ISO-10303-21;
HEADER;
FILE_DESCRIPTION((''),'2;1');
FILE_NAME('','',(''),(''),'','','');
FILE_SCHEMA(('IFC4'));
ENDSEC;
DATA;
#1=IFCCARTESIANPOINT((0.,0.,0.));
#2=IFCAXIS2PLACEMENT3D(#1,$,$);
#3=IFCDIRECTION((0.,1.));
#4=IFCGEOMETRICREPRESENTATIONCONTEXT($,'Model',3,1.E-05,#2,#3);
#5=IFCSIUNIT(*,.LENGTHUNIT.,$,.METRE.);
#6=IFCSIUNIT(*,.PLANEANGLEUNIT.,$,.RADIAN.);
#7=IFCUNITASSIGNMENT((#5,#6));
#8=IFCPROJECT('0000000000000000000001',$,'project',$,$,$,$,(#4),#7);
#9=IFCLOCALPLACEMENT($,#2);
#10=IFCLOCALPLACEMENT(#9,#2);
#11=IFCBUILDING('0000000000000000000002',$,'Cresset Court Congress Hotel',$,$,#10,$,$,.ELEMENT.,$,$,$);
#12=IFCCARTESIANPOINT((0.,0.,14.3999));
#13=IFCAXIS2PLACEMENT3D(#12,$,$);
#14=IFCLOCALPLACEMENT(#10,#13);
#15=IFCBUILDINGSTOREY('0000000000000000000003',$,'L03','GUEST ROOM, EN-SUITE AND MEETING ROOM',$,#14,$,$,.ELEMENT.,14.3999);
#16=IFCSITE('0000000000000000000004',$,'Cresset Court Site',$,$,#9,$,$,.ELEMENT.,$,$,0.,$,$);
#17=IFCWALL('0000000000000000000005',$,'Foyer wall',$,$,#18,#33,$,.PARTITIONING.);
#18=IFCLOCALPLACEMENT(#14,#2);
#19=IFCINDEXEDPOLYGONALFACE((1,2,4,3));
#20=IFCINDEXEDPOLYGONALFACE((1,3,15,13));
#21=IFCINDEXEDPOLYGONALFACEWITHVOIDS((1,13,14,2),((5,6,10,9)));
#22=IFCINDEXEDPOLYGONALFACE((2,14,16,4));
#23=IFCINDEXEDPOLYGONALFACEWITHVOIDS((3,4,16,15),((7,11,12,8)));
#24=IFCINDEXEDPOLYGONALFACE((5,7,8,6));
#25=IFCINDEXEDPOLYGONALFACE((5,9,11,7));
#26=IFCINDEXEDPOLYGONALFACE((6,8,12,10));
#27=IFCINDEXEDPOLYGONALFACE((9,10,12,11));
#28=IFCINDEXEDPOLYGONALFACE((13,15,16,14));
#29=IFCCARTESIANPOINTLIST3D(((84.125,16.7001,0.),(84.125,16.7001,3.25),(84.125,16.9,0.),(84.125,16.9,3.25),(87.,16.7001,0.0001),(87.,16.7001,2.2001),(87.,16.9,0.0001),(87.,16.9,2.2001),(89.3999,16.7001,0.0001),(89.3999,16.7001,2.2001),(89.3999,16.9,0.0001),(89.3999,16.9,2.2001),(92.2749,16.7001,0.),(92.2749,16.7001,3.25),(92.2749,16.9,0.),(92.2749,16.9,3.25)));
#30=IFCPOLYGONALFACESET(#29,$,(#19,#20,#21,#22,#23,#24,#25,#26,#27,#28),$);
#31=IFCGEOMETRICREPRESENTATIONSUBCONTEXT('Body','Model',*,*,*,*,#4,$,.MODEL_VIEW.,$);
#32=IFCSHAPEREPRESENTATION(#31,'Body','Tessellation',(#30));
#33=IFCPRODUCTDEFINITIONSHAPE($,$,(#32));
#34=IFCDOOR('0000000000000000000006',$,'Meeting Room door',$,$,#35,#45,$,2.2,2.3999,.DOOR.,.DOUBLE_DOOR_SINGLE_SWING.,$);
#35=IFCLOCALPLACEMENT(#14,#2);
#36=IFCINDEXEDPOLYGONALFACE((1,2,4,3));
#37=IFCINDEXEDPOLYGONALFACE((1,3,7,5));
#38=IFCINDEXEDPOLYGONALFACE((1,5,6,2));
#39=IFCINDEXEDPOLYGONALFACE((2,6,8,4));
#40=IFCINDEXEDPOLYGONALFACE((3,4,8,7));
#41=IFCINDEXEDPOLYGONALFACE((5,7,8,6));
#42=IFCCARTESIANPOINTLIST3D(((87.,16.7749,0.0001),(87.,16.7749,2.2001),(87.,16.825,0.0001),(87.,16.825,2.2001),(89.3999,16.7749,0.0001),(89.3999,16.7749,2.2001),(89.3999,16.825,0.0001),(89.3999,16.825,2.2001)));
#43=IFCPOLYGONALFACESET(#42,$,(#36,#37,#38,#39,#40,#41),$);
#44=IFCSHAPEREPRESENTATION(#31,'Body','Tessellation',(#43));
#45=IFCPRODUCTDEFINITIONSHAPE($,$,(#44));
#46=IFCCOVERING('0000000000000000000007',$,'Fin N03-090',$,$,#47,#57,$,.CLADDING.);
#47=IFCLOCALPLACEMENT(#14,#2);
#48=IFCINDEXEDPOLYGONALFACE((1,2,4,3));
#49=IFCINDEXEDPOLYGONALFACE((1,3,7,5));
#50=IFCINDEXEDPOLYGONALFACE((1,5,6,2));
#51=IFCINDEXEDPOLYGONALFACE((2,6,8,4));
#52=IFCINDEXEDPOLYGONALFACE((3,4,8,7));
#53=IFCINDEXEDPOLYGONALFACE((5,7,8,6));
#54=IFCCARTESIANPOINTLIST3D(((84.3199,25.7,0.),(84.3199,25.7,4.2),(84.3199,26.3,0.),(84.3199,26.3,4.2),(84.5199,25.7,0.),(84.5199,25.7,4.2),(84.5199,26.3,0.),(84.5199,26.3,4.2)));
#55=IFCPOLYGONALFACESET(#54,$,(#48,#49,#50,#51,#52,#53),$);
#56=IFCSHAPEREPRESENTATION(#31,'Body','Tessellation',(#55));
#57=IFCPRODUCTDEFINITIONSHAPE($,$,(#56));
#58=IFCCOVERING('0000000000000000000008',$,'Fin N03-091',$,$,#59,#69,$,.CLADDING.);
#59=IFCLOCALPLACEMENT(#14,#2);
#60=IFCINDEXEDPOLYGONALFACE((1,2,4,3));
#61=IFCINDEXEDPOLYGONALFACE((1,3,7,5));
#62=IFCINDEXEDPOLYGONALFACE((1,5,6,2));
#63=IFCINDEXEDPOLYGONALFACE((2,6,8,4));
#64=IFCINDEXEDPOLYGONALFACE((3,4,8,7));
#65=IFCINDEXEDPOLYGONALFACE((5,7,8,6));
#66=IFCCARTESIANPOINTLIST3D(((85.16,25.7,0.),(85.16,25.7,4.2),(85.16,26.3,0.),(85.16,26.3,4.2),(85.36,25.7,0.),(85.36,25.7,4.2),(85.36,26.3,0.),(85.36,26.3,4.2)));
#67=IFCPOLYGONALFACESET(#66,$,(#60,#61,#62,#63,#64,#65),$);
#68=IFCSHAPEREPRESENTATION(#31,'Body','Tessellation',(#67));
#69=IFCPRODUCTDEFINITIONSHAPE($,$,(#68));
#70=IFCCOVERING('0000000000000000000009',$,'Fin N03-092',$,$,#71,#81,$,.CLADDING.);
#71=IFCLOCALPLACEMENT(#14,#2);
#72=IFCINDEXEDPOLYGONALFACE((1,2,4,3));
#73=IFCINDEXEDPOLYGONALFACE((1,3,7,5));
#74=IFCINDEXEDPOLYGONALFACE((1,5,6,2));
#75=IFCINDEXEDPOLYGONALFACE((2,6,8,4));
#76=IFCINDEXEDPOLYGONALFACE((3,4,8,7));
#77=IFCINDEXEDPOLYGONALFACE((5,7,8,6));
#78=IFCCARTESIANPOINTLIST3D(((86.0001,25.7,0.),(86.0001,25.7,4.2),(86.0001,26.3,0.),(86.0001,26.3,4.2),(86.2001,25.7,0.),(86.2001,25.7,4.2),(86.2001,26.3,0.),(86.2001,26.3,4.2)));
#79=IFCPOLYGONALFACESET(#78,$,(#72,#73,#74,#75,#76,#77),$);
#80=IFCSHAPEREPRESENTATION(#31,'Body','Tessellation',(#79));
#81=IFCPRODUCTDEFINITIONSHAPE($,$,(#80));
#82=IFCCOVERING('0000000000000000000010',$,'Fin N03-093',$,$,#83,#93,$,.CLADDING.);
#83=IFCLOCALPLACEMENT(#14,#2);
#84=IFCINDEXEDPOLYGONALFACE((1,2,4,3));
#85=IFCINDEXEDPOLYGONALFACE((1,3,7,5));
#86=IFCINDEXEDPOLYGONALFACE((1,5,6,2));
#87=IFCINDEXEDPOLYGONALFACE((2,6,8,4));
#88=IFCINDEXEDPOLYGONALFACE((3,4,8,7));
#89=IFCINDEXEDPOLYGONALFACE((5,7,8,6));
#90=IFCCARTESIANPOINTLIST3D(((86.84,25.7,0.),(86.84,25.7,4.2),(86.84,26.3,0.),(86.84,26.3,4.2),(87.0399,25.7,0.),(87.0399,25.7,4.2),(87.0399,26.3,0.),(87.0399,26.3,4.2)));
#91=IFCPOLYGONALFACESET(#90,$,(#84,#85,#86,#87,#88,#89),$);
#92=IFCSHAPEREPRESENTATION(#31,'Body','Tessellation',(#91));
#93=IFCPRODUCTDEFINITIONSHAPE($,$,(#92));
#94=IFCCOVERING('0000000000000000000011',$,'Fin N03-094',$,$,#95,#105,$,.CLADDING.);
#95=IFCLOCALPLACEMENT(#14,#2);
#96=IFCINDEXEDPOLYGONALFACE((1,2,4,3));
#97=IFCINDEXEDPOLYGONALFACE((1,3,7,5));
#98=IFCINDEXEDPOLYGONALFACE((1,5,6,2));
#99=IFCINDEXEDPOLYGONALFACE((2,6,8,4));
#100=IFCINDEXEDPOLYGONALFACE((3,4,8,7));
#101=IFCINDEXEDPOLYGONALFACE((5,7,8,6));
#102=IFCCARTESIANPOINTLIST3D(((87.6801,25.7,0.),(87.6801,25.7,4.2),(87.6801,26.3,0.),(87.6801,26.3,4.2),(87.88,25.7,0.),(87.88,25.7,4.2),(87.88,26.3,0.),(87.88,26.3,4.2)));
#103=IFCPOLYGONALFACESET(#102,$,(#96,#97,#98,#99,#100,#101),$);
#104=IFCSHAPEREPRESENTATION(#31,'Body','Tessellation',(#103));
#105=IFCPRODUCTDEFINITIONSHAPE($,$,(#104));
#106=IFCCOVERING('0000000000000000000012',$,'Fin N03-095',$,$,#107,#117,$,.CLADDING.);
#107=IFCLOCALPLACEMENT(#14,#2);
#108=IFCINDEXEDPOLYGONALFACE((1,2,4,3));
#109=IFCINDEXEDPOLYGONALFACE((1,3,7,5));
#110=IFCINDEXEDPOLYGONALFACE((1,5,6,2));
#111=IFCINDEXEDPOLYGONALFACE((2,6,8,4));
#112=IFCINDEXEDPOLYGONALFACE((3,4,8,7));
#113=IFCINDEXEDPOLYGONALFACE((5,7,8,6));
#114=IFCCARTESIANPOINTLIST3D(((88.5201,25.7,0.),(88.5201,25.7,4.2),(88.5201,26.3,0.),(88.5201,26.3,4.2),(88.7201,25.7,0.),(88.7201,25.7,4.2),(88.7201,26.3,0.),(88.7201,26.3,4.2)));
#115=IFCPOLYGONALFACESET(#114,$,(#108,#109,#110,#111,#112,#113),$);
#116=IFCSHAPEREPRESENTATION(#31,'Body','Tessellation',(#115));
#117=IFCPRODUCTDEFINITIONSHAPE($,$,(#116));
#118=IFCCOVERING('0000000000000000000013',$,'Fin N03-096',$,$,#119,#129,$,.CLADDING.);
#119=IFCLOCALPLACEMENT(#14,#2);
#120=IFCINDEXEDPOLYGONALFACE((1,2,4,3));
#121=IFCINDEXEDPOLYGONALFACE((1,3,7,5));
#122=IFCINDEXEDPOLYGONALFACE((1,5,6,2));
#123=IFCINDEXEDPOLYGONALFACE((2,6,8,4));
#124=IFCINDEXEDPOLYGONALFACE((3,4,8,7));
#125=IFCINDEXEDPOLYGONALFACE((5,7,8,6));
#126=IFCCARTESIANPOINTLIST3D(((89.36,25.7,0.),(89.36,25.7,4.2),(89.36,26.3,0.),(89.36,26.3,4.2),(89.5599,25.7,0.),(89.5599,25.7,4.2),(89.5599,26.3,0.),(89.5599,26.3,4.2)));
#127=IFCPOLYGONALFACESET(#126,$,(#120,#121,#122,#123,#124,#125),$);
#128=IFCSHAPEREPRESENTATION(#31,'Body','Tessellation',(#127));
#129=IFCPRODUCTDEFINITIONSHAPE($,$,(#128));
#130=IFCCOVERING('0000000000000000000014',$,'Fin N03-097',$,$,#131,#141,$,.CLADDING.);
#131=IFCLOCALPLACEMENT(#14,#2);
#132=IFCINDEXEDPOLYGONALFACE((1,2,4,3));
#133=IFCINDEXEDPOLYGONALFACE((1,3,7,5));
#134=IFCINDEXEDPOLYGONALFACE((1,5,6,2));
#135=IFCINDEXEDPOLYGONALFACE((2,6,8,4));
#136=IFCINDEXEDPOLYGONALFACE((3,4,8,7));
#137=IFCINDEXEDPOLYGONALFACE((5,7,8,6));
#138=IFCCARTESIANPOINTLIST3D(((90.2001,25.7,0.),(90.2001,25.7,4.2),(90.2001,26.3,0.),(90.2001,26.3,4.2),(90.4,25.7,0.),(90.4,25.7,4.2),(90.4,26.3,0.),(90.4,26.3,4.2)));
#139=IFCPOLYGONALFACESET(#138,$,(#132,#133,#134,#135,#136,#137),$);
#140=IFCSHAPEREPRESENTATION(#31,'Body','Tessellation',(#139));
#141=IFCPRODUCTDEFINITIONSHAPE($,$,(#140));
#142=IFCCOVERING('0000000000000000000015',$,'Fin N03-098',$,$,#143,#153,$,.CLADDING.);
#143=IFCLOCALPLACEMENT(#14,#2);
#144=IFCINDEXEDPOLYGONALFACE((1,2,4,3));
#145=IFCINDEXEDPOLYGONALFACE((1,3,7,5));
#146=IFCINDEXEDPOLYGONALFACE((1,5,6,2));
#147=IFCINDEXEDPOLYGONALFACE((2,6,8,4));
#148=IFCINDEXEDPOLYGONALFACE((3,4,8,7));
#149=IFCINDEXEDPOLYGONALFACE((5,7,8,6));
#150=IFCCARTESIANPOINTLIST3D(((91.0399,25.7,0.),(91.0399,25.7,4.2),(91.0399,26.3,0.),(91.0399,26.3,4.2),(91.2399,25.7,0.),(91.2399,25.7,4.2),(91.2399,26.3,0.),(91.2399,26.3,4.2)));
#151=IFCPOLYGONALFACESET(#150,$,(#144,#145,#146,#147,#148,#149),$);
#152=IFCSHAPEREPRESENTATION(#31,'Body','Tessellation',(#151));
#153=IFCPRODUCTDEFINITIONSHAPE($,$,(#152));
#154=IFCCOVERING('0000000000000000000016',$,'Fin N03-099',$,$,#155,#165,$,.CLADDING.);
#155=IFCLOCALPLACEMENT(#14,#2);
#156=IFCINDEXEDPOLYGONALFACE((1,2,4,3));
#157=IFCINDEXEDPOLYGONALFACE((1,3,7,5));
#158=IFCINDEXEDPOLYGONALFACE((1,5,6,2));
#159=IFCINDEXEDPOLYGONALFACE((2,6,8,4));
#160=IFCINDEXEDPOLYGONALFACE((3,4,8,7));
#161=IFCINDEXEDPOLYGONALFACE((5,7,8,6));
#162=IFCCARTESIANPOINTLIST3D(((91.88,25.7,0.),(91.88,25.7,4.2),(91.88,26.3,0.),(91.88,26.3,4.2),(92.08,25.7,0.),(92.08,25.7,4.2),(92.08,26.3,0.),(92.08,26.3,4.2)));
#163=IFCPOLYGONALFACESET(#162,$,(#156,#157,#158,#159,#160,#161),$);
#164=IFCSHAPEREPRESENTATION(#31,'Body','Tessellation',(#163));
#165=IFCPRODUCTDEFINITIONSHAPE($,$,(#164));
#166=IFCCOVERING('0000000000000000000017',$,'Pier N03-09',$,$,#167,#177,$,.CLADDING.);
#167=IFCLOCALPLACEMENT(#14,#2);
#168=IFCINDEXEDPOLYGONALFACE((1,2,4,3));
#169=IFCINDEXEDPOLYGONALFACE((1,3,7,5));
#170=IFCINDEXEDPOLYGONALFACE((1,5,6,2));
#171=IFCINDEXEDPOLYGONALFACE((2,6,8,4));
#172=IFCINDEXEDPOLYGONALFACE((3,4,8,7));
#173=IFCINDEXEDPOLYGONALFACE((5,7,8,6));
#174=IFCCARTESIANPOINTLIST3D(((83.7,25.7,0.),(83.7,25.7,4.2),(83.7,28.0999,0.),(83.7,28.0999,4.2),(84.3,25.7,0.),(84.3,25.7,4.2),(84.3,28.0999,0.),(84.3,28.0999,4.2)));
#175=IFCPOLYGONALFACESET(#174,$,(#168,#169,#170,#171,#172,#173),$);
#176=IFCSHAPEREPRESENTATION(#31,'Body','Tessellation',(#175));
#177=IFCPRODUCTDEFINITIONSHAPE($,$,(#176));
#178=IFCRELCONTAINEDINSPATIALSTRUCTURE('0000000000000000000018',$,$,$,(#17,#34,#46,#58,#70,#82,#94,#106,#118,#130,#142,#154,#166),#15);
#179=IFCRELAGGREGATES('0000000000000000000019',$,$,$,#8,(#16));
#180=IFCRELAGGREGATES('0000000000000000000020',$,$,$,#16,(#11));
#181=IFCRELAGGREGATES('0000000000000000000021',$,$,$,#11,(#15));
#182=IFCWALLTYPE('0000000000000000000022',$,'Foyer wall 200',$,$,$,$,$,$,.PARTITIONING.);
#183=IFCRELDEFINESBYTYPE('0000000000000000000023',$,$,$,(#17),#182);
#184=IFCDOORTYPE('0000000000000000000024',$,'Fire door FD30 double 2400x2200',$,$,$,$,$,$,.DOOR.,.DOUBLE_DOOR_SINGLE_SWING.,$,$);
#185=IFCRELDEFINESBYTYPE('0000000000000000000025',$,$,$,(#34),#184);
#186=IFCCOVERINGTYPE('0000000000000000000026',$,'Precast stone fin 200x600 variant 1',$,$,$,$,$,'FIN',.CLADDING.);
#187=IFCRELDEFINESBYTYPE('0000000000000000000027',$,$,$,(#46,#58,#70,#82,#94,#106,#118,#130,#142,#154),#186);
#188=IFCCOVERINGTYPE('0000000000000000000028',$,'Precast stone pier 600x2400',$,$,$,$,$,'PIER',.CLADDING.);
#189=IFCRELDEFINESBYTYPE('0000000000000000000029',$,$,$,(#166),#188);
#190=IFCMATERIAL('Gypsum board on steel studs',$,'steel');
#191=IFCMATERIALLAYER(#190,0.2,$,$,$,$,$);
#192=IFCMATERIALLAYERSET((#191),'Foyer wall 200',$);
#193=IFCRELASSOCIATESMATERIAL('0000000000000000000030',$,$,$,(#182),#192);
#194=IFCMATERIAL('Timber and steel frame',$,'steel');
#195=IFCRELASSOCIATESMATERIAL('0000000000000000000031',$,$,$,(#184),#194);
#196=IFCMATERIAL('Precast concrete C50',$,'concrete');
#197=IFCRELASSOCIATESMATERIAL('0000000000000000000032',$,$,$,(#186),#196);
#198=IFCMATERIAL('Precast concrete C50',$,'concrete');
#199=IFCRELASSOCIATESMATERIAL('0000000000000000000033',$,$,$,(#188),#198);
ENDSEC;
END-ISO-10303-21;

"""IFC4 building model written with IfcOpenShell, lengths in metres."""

from ifc_helpers import new_model, si_unit, direction, frame, frame_2d, origin, origin_2d, place, context, subcontext, project, spatial, rectangle, extrude, material, layer, layer_set, type_object, element, fill, save


model = new_model("IFC4")

# Units and contexts
model_context = context("Model", 3, precision=1e-05, world=origin(), true_north=direction((0.0, 1.0)))
body_context = subcontext(model_context, "Body", "Model", "MODEL_VIEW")
ifc_project = project(units=[si_unit("LENGTHUNIT", "METRE"), si_unit("PLANEANGLEUNIT", "RADIAN")], contexts=[model_context])

# Site, building, storey
site_placement = place(None, origin())
site = spatial("IfcSite", under=ifc_project, at=site_placement, Name="Cresset Court Site", CompositionType="ELEMENT", RefElevation=0.0)
building_placement = place(site_placement, origin())
building = spatial("IfcBuilding", under=site, at=building_placement, Name="Cresset Court Congress Hotel", CompositionType="ELEMENT")
storey_placement = place(building_placement, frame((0.0, 0.0, 14.3999)))
storey = spatial("IfcBuildingStorey", under=building, at=storey_placement, Name="L03", Description="GUEST ROOM, EN-SUITE AND MEETING ROOM", CompositionType="ELEMENT", Elevation=14.3999)

# Wall, opening, door
ifc_material_1 = material(Name="Gypsum board on steel studs", Category="steel")
ifc_layer_1 = layer(ifc_material_1, 0.2)
ifc_layer_set_1 = layer_set([ifc_layer_1], Name="Foyer wall 200")
wall_type = type_object("IfcWallType", Name="Foyer wall 200", PredefinedType="PARTITIONING", material=ifc_layer_set_1)
wall_placement = place(storey_placement, frame((84.125, 16.8, 0.0), z_axis=(0.0, 0.0, 1.0), x_axis=(1.0, 0.0, 0.0)))
wall = element("IfcWall", 1, at=wall_placement, inside=storey, type_object=wall_type, Name="Foyer wall", PredefinedType="PARTITIONING", context=body_context, shape_type="SweptSolid", body=[
    extrude(rectangle(XDim=8.1499, YDim=0.2, at=frame_2d((4.075, 0.0))), origin(), (0.0, 0.0, 1.0), 3.25),
])
opening_placement = place(wall_placement, frame((2.875, 0.0, 0.0)))
opening = element("IfcOpeningElement", 2, at=opening_placement, cuts=wall, PredefinedType="OPENING", context=body_context, shape_type="SweptSolid", body=[
    extrude(rectangle(XDim=2.3999, YDim=2.2, at=frame_2d((1.2, 1.1001))), frame((0.0, 0.1099, 0.0), z_axis=(0.0, -1.0, 0.0), x_axis=(1.0, 0.0, 0.0)), (0.0, 0.0, 1.0), 0.22),
])
ifc_material_2 = material(Name="Timber and steel frame", Category="steel")
door_type = type_object("IfcDoorType", Name="Fire door FD30 double 2400x2200", OperationType="DOUBLE_DOOR_SINGLE_SWING", PredefinedType="DOOR", material=ifc_material_2)
door_placement = place(opening_placement, origin())
door = element("IfcDoor", 3, at=door_placement, inside=storey, type_object=door_type, Name="Meeting Room door", OperationType="DOUBLE_DOOR_SINGLE_SWING", OverallHeight=2.2, OverallWidth=2.3999, PredefinedType="DOOR", context=body_context, shape_type="SweptSolid", body=[
    extrude(rectangle(XDim=2.3999, YDim=2.2, at=frame_2d((1.2, 1.1001))), frame((0.0, 0.0249, 0.0), z_axis=(0.0, -1.0, 0.0), x_axis=(1.0, 0.0, 0.0)), (0.0, 0.0, 1.0), 0.05),
])
fill(opening, door)

# Coverings
ifc_material_3 = material(Name="Precast concrete C50", Category="concrete")
covering_type_1 = type_object("IfcCoveringType", Name="Precast stone fin 200x600 variant 1", ElementType="FIN", PredefinedType="CLADDING", material=ifc_material_3)
for number, where, z_axis, x_axis, name in (
    (4, (84.4199, 26.0, 0.0), (0.0, 0.0, 1.0), (1.0, 0.0, 0.0), "Fin N03-090"),
    (5, (85.26, 26.0, 0.0), (0.0, 0.0, 1.0), (1.0, 0.0, 0.0), "Fin N03-091"),
    (6, (86.1001, 26.0, 0.0), (0.0, 0.0, 1.0), (1.0, 0.0, 0.0), "Fin N03-092"),
    (7, (86.9399, 26.0, 0.0), (0.0, 0.0, 1.0), (1.0, 0.0, 0.0), "Fin N03-093"),
    (8, (87.78, 26.0, 0.0), (0.0, 0.0, 1.0), (1.0, 0.0, 0.0), "Fin N03-094"),
    (9, (88.6201, 26.0, 0.0), (0.0, 0.0, 1.0), (1.0, 0.0, 0.0), "Fin N03-095"),
    (10, (89.46, 26.0, 0.0), (0.0, 0.0, 1.0), (1.0, 0.0, 0.0), "Fin N03-096"),
    (11, (90.3, 26.0, 0.0), (0.0, 0.0, 1.0), (1.0, 0.0, 0.0), "Fin N03-097"),
    (12, (91.1399, 26.0, 0.0), (0.0, 0.0, 1.0), (1.0, 0.0, 0.0), "Fin N03-098"),
    (13, (91.98, 26.0, 0.0), (0.0, 0.0, 1.0), (1.0, 0.0, 0.0), "Fin N03-099"),
):
    element("IfcCovering", number, at=place(storey_placement, frame(where, z_axis=z_axis, x_axis=x_axis)), inside=storey, type_object=covering_type_1, Name=name, PredefinedType="CLADDING", context=body_context, shape_type="SweptSolid", body=[
        extrude(rectangle(XDim=0.2, YDim=0.6001, at=origin_2d()), origin(), (0.0, 0.0, 1.0), 4.2),
    ])
ifc_material_4 = material(Name="Precast concrete C50", Category="concrete")
covering_type_2 = type_object("IfcCoveringType", Name="Precast stone pier 600x2400", ElementType="PIER", PredefinedType="CLADDING", material=ifc_material_4)
covering_placement = place(storey_placement, frame((84.0, 26.8999, 0.0), z_axis=(0.0, 0.0, 1.0), x_axis=(1.0, 0.0, 0.0)))
element("IfcCovering", 14, at=covering_placement, inside=storey, type_object=covering_type_2, Name="Pier N03-09", PredefinedType="CLADDING", context=body_context, shape_type="SweptSolid", body=[
    extrude(rectangle(XDim=0.6001, YDim=2.3999, at=origin_2d()), origin(), (0.0, 0.0, 1.0), 4.2),
])

save(model, "model.ifc")
